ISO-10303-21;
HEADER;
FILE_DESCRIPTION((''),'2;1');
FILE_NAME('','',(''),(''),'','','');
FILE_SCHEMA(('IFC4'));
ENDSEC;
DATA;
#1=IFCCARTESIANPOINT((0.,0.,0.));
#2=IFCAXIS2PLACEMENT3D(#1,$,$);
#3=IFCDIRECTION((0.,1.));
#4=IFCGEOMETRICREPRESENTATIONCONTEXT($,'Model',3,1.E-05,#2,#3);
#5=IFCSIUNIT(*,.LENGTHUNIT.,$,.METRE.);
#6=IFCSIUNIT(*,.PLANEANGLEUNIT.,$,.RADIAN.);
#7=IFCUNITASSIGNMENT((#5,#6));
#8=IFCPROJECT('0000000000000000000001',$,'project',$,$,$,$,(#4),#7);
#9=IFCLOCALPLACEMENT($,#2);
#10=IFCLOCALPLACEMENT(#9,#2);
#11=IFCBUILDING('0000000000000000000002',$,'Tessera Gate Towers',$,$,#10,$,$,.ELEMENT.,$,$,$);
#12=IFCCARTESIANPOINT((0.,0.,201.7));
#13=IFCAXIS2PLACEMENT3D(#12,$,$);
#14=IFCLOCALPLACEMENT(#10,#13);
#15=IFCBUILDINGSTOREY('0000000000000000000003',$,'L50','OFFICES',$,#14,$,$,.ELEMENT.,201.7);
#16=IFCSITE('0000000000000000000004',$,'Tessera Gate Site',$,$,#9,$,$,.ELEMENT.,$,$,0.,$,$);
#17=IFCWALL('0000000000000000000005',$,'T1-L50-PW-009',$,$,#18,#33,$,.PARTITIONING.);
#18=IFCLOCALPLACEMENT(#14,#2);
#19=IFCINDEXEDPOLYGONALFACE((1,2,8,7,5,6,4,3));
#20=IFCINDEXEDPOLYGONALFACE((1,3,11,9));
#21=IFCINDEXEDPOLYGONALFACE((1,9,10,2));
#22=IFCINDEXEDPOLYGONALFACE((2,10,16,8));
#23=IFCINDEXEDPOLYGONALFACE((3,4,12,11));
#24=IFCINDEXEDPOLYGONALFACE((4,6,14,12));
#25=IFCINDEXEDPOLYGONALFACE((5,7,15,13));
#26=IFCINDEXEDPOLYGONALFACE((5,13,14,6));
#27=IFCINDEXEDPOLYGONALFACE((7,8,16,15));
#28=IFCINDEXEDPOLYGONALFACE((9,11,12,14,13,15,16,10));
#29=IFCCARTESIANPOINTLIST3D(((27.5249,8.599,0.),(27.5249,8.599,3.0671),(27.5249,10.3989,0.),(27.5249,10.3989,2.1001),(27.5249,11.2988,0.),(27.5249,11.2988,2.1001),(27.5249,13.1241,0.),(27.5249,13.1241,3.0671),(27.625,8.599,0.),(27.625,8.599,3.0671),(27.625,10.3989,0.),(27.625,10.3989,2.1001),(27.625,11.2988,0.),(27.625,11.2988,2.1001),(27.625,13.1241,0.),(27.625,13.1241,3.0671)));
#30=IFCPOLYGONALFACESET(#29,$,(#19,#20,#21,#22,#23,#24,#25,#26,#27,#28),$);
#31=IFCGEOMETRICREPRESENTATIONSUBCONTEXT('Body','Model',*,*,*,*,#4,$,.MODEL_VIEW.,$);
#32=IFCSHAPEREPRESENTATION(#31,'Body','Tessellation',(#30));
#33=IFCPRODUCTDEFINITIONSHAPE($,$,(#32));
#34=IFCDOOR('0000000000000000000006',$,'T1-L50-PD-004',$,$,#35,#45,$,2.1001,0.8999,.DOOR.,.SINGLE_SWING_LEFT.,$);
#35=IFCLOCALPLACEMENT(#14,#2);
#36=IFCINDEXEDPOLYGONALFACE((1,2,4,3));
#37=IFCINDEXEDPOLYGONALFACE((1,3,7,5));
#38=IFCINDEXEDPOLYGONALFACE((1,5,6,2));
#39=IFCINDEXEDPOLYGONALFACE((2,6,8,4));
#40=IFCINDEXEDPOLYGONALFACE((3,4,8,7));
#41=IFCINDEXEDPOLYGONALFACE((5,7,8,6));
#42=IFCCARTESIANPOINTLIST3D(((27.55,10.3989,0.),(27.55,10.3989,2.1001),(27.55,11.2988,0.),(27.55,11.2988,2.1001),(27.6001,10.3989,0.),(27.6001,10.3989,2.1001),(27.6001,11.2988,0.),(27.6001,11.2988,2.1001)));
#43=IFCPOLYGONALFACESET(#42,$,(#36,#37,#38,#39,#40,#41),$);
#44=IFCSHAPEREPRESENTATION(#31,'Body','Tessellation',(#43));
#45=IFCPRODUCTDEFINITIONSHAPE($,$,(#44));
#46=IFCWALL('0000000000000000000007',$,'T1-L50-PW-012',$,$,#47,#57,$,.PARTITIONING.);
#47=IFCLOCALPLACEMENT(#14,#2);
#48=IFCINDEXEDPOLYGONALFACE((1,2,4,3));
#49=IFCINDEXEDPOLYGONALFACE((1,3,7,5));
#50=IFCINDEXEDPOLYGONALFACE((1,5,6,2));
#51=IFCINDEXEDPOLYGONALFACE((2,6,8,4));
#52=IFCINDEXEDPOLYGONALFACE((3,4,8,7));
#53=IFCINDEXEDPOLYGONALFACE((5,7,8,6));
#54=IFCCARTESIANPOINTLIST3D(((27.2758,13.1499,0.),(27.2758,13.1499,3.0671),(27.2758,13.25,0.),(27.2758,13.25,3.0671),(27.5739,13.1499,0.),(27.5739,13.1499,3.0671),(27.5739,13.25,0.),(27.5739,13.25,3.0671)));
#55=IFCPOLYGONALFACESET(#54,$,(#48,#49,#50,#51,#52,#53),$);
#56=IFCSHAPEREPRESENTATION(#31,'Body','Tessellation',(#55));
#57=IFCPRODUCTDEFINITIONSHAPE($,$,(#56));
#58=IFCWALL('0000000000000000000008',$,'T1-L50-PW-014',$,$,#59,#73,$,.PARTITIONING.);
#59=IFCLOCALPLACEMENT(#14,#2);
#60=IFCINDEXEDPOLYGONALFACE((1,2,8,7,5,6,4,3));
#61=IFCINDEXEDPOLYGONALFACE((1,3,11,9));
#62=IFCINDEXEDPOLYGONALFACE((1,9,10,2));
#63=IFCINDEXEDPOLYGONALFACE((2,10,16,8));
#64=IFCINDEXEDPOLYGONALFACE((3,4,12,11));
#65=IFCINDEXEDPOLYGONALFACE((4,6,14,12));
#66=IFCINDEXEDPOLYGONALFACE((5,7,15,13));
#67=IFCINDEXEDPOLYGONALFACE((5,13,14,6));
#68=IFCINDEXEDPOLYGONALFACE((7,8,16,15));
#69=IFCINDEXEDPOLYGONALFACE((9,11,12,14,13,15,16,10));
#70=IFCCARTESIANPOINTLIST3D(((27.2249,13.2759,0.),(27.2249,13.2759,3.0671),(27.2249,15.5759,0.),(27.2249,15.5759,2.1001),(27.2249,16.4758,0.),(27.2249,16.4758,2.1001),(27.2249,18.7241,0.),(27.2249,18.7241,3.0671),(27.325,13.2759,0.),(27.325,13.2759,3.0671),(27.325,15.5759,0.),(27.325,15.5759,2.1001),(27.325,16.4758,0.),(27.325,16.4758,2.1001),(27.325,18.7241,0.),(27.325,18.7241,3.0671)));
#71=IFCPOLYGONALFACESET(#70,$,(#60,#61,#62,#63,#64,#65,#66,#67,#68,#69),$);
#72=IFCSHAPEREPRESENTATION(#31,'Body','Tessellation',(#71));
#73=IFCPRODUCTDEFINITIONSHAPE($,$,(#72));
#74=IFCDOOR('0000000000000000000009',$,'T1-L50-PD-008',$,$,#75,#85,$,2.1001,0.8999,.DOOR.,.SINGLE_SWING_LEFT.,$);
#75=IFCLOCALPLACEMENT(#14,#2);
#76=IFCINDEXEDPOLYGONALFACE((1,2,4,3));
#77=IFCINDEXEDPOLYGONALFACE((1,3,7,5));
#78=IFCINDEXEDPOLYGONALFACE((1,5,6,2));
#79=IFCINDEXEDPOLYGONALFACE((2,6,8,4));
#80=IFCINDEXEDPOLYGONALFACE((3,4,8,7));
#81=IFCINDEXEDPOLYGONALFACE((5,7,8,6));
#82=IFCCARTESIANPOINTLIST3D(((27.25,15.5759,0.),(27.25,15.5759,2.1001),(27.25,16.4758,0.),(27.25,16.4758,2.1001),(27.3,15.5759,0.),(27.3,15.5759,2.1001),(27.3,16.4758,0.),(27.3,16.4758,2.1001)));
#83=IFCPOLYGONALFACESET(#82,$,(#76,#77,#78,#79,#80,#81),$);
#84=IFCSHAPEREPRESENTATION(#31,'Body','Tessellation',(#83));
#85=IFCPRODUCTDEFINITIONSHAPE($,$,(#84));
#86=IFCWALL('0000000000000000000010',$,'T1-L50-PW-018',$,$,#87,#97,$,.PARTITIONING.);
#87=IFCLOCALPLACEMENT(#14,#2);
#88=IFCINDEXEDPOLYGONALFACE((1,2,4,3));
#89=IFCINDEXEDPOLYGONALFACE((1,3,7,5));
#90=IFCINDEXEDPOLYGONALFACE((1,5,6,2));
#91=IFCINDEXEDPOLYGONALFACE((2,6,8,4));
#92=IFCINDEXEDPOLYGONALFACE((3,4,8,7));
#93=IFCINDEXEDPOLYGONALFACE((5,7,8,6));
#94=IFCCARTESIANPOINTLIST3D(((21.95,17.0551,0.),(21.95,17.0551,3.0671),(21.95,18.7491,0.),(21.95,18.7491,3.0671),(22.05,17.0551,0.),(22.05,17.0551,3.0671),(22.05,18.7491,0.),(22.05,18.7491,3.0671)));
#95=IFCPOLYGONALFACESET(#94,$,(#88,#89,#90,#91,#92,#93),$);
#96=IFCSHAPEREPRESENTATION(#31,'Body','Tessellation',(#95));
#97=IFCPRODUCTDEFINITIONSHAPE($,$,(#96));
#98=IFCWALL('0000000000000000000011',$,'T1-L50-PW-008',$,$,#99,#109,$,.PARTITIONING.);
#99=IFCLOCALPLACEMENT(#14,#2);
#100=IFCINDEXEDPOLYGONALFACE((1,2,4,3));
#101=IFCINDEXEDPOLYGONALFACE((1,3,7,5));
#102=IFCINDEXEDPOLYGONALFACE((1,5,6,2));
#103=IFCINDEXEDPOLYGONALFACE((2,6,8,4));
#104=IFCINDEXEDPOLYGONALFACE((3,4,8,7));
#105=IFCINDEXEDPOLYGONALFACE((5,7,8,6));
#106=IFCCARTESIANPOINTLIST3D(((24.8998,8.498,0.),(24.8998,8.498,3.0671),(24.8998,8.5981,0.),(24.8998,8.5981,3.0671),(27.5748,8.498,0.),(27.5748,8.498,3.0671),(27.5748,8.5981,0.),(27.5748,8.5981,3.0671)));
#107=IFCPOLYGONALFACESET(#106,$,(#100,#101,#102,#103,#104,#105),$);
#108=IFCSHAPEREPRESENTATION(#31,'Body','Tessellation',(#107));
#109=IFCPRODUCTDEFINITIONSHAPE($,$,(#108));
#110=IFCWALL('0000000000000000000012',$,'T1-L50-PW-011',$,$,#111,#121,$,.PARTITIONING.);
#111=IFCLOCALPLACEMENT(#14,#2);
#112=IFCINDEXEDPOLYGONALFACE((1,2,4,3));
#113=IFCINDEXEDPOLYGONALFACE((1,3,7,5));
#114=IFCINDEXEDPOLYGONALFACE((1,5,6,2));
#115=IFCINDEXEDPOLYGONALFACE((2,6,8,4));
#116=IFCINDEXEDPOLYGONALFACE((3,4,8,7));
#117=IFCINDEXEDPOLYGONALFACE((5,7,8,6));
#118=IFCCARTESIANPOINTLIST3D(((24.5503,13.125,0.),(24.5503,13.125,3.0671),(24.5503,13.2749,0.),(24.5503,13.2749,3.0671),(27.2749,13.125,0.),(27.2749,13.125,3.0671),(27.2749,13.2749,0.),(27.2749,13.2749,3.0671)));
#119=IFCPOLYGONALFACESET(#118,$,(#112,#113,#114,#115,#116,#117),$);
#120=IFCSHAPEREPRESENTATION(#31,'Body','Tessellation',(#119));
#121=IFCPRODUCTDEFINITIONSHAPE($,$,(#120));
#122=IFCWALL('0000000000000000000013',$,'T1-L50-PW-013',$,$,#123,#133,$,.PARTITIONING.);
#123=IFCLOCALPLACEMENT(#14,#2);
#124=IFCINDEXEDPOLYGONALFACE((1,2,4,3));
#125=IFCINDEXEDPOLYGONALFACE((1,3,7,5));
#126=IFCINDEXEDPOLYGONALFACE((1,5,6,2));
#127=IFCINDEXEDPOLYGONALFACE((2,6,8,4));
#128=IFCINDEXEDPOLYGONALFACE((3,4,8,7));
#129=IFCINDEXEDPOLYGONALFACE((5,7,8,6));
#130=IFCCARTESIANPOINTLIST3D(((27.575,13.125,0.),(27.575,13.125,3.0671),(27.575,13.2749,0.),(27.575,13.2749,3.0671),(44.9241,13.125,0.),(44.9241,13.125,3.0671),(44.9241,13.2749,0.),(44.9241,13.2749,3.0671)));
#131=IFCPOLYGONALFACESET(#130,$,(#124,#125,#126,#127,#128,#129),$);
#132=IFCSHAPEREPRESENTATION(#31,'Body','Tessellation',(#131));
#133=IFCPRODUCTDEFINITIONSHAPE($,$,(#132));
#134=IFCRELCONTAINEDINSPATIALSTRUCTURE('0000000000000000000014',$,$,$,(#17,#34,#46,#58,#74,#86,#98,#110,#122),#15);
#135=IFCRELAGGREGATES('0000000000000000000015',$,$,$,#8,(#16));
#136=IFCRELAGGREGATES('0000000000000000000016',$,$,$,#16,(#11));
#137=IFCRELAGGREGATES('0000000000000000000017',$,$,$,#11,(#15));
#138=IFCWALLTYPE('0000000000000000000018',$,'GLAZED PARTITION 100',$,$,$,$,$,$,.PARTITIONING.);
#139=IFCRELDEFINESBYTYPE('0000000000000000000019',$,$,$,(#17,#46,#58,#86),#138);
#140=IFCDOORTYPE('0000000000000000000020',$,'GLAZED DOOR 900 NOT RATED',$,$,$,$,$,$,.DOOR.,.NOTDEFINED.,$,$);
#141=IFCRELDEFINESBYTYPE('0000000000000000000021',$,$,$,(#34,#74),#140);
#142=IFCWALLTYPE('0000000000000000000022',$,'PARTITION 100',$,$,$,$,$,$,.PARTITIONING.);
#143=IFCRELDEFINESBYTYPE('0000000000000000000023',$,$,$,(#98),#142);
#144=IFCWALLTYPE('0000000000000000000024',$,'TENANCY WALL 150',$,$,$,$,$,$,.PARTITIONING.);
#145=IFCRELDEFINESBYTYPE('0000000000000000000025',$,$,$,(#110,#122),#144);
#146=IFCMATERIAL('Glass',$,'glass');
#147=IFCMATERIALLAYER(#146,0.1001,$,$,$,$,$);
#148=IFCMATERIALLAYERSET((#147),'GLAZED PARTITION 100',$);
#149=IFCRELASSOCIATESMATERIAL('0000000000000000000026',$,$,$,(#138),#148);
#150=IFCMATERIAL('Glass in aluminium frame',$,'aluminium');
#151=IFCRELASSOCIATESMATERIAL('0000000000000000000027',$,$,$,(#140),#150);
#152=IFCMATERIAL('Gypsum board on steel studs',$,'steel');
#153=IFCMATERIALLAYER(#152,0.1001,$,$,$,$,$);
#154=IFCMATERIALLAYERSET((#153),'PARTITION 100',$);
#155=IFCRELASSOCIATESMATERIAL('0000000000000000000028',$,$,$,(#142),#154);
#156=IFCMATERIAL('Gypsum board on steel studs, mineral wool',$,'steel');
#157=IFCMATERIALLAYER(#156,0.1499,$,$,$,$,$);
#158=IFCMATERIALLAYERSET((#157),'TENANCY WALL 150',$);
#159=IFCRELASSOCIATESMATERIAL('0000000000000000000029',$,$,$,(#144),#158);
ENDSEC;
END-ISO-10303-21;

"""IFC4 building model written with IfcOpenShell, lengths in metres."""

from ifc_helpers import new_model, si_unit, direction, frame, frame_2d, origin, place, context, subcontext, project, spatial, rectangle, extrude, source, transform, mapped, material, layer, layer_set, type_object, element, fill, save


model = new_model("IFC4")

# Units and contexts
model_context = context("Model", 3, precision=1e-05, world=origin(), true_north=direction((0.0, 1.0)))
body_context = subcontext(model_context, "Body", "Model", "MODEL_VIEW")
ifc_project = project(units=[si_unit("LENGTHUNIT", "METRE"), si_unit("PLANEANGLEUNIT", "RADIAN")], contexts=[model_context])

# Site, building, storey
site_placement = place(None, origin())
site = spatial("IfcSite", under=ifc_project, at=site_placement, Name="Tessera Gate Site", CompositionType="ELEMENT", RefElevation=0.0)
building_placement = place(site_placement, origin())
building = spatial("IfcBuilding", under=site, at=building_placement, Name="Tessera Gate Towers", CompositionType="ELEMENT")
storey_placement = place(building_placement, frame((0.0, 0.0, 201.7)))
storey = spatial("IfcBuildingStorey", under=building, at=storey_placement, Name="L50", Description="OFFICES", CompositionType="ELEMENT", Elevation=201.7)

# Shared definitions
ifc_material_1 = material(Name="Glass", Category="glass")
ifc_layer_1 = layer(ifc_material_1, 0.1001)
ifc_layer_set_1 = layer_set([ifc_layer_1], Name="GLAZED PARTITION 100")
wall_type_1 = type_object("IfcWallType", Name="GLAZED PARTITION 100", PredefinedType="PARTITIONING", material=ifc_layer_set_1)

# Wall, opening, door
shared_shape_1 = source(origin(), body_context, "Body", "SweptSolid", [
    extrude(rectangle(XDim=0.8999, YDim=2.1001, at=frame_2d((0.45, 1.05))), frame((0.0, 0.0601, 0.0), z_axis=(0.0, -1.0, 0.0), x_axis=(1.0, 0.0, 0.0)), (0.0, 0.0, 1.0), 0.1201),
])
ifc_material_2 = material(Name="Glass in aluminium frame", Category="aluminium")
door_type = type_object("IfcDoorType", Name="GLAZED DOOR 900 NOT RATED", OperationType="NOTDEFINED", PredefinedType="DOOR", material=ifc_material_2)
shared_shape_2 = source(origin(), body_context, "Body", "SweptSolid", [
    extrude(rectangle(XDim=0.8999, YDim=2.1001, at=frame_2d((0.45, 1.05))), frame((0.0, 0.0249, 0.0), z_axis=(0.0, -1.0, 0.0), x_axis=(1.0, 0.0, 0.0)), (0.0, 0.0, 1.0), 0.05),
])
wall_1_placement = place(storey_placement, frame((27.575, 8.5989, 0.0), z_axis=(0.0, 0.0, 1.0), x_axis=(0.0, 1.0, 0.0)))
wall_1 = element("IfcWall", 1, at=wall_1_placement, inside=storey, type_object=wall_type_1, Name="T1-L50-PW-009", PredefinedType="PARTITIONING", context=body_context, shape_type="SweptSolid", body=[
    extrude(rectangle(XDim=4.5251, YDim=0.1001, at=frame_2d((2.2627, 0.0))), origin(), (0.0, 0.0, 1.0), 3.0671),
])
opening_1_placement = place(wall_1_placement, frame((1.8, 0.0, 0.0)))
opening_1 = element("IfcOpeningElement", 2, at=opening_1_placement, cuts=wall_1, PredefinedType="OPENING", context=body_context, shape_type="MappedRepresentation", body=[
    mapped(shared_shape_1, transform((0.0, 0.0, 0.0), scale=1.0)),
])
door_1_placement = place(opening_1_placement, origin())
door_1 = element("IfcDoor", 3, at=door_1_placement, inside=storey, type_object=door_type, Name="T1-L50-PD-004", OperationType="SINGLE_SWING_LEFT", OverallHeight=2.1001, OverallWidth=0.8999, PredefinedType="DOOR", context=body_context, shape_type="MappedRepresentation", body=[
    mapped(shared_shape_2, transform((0.0, 0.0, 0.0), scale=1.0)),
])
fill(opening_1, door_1)

# Wall
wall_2_placement = place(storey_placement, frame((27.2759, 13.2, 0.0), z_axis=(0.0, 0.0, 1.0), x_axis=(1.0, 0.0, 0.0)))
element("IfcWall", 4, at=wall_2_placement, inside=storey, type_object=wall_type_1, Name="T1-L50-PW-012", PredefinedType="PARTITIONING", context=body_context, shape_type="SweptSolid", body=[
    extrude(rectangle(XDim=0.2981, YDim=0.1001, at=frame_2d((0.1489, 0.0))), origin(), (0.0, 0.0, 1.0), 3.0671),
])

# Wall, opening, door
wall_3_placement = place(storey_placement, frame((27.2749, 13.2759, 0.0), z_axis=(0.0, 0.0, 1.0), x_axis=(0.0, 1.0, 0.0)))
wall_3 = element("IfcWall", 5, at=wall_3_placement, inside=storey, type_object=wall_type_1, Name="T1-L50-PW-014", PredefinedType="PARTITIONING", context=body_context, shape_type="SweptSolid", body=[
    extrude(rectangle(XDim=5.4482, YDim=0.1001, at=frame_2d((2.7241, 0.0))), origin(), (0.0, 0.0, 1.0), 3.0671),
])
opening_2_placement = place(wall_3_placement, frame((2.3, 0.0, 0.0)))
opening_2 = element("IfcOpeningElement", 6, at=opening_2_placement, cuts=wall_3, PredefinedType="OPENING", context=body_context, shape_type="MappedRepresentation", body=[
    mapped(shared_shape_1, transform((0.0, 0.0, 0.0), scale=1.0)),
])
door_2_placement = place(opening_2_placement, origin())
door_2 = element("IfcDoor", 7, at=door_2_placement, inside=storey, type_object=door_type, Name="T1-L50-PD-008", OperationType="SINGLE_SWING_LEFT", OverallHeight=2.1001, OverallWidth=0.8999, PredefinedType="DOOR", context=body_context, shape_type="MappedRepresentation", body=[
    mapped(shared_shape_2, transform((0.0, 0.0, 0.0), scale=1.0)),
])
fill(opening_2, door_2)

# Walls
wall_4_placement = place(storey_placement, frame((22.0, 17.0549, 0.0), z_axis=(0.0, 0.0, 1.0), x_axis=(0.0, 1.0, 0.0)))
element("IfcWall", 8, at=wall_4_placement, inside=storey, type_object=wall_type_1, Name="T1-L50-PW-018", PredefinedType="PARTITIONING", context=body_context, shape_type="SweptSolid", body=[
    extrude(rectangle(XDim=1.6941, YDim=0.1001, at=frame_2d((0.8472, 0.0))), origin(), (0.0, 0.0, 1.0), 3.0671),
])
ifc_material_3 = material(Name="Gypsum board on steel studs", Category="steel")
ifc_layer_2 = layer(ifc_material_3, 0.1001)
ifc_layer_set_2 = layer_set([ifc_layer_2], Name="PARTITION 100")
wall_type_2 = type_object("IfcWallType", Name="PARTITION 100", PredefinedType="PARTITIONING", material=ifc_layer_set_2)
wall_5_placement = place(storey_placement, frame((24.8999, 8.5481, 0.0), z_axis=(0.0, 0.0, 1.0), x_axis=(1.0, 0.0, 0.0)))
element("IfcWall", 9, at=wall_5_placement, inside=storey, type_object=wall_type_2, Name="T1-L50-PW-008", PredefinedType="PARTITIONING", context=body_context, shape_type="SweptSolid", body=[
    extrude(rectangle(XDim=2.675, YDim=0.1001, at=frame_2d((1.3374, 0.0))), origin(), (0.0, 0.0, 1.0), 3.0671),
])
ifc_material_4 = material(Name="Gypsum board on steel studs, mineral wool", Category="steel")
ifc_layer_3 = layer(ifc_material_4, 0.1499)
ifc_layer_set_3 = layer_set([ifc_layer_3], Name="TENANCY WALL 150")
wall_type_3 = type_object("IfcWallType", Name="TENANCY WALL 150", PredefinedType="PARTITIONING", material=ifc_layer_set_3)
wall_6_placement = place(storey_placement, frame((24.5503, 13.2, 0.0), z_axis=(0.0, 0.0, 1.0), x_axis=(1.0, 0.0, 0.0)))
element("IfcWall", 10, at=wall_6_placement, inside=storey, type_object=wall_type_3, Name="T1-L50-PW-011", PredefinedType="PARTITIONING", context=body_context, shape_type="SweptSolid", body=[
    extrude(rectangle(XDim=2.7246, YDim=0.1499, at=frame_2d((1.3623, 0.0))), origin(), (0.0, 0.0, 1.0), 3.0671),
])
wall_7_placement = place(storey_placement, frame((27.575, 13.2, 0.0), z_axis=(0.0, 0.0, 1.0), x_axis=(1.0, 0.0, 0.0)))
element("IfcWall", 11, at=wall_7_placement, inside=storey, type_object=wall_type_3, Name="T1-L50-PW-013", PredefinedType="PARTITIONING", context=body_context, shape_type="SweptSolid", body=[
    extrude(rectangle(XDim=17.3491, YDim=0.1499, at=frame_2d((8.6746, 0.0))), origin(), (0.0, 0.0, 1.0), 3.0671),
])

save(model, "model.ifc")
